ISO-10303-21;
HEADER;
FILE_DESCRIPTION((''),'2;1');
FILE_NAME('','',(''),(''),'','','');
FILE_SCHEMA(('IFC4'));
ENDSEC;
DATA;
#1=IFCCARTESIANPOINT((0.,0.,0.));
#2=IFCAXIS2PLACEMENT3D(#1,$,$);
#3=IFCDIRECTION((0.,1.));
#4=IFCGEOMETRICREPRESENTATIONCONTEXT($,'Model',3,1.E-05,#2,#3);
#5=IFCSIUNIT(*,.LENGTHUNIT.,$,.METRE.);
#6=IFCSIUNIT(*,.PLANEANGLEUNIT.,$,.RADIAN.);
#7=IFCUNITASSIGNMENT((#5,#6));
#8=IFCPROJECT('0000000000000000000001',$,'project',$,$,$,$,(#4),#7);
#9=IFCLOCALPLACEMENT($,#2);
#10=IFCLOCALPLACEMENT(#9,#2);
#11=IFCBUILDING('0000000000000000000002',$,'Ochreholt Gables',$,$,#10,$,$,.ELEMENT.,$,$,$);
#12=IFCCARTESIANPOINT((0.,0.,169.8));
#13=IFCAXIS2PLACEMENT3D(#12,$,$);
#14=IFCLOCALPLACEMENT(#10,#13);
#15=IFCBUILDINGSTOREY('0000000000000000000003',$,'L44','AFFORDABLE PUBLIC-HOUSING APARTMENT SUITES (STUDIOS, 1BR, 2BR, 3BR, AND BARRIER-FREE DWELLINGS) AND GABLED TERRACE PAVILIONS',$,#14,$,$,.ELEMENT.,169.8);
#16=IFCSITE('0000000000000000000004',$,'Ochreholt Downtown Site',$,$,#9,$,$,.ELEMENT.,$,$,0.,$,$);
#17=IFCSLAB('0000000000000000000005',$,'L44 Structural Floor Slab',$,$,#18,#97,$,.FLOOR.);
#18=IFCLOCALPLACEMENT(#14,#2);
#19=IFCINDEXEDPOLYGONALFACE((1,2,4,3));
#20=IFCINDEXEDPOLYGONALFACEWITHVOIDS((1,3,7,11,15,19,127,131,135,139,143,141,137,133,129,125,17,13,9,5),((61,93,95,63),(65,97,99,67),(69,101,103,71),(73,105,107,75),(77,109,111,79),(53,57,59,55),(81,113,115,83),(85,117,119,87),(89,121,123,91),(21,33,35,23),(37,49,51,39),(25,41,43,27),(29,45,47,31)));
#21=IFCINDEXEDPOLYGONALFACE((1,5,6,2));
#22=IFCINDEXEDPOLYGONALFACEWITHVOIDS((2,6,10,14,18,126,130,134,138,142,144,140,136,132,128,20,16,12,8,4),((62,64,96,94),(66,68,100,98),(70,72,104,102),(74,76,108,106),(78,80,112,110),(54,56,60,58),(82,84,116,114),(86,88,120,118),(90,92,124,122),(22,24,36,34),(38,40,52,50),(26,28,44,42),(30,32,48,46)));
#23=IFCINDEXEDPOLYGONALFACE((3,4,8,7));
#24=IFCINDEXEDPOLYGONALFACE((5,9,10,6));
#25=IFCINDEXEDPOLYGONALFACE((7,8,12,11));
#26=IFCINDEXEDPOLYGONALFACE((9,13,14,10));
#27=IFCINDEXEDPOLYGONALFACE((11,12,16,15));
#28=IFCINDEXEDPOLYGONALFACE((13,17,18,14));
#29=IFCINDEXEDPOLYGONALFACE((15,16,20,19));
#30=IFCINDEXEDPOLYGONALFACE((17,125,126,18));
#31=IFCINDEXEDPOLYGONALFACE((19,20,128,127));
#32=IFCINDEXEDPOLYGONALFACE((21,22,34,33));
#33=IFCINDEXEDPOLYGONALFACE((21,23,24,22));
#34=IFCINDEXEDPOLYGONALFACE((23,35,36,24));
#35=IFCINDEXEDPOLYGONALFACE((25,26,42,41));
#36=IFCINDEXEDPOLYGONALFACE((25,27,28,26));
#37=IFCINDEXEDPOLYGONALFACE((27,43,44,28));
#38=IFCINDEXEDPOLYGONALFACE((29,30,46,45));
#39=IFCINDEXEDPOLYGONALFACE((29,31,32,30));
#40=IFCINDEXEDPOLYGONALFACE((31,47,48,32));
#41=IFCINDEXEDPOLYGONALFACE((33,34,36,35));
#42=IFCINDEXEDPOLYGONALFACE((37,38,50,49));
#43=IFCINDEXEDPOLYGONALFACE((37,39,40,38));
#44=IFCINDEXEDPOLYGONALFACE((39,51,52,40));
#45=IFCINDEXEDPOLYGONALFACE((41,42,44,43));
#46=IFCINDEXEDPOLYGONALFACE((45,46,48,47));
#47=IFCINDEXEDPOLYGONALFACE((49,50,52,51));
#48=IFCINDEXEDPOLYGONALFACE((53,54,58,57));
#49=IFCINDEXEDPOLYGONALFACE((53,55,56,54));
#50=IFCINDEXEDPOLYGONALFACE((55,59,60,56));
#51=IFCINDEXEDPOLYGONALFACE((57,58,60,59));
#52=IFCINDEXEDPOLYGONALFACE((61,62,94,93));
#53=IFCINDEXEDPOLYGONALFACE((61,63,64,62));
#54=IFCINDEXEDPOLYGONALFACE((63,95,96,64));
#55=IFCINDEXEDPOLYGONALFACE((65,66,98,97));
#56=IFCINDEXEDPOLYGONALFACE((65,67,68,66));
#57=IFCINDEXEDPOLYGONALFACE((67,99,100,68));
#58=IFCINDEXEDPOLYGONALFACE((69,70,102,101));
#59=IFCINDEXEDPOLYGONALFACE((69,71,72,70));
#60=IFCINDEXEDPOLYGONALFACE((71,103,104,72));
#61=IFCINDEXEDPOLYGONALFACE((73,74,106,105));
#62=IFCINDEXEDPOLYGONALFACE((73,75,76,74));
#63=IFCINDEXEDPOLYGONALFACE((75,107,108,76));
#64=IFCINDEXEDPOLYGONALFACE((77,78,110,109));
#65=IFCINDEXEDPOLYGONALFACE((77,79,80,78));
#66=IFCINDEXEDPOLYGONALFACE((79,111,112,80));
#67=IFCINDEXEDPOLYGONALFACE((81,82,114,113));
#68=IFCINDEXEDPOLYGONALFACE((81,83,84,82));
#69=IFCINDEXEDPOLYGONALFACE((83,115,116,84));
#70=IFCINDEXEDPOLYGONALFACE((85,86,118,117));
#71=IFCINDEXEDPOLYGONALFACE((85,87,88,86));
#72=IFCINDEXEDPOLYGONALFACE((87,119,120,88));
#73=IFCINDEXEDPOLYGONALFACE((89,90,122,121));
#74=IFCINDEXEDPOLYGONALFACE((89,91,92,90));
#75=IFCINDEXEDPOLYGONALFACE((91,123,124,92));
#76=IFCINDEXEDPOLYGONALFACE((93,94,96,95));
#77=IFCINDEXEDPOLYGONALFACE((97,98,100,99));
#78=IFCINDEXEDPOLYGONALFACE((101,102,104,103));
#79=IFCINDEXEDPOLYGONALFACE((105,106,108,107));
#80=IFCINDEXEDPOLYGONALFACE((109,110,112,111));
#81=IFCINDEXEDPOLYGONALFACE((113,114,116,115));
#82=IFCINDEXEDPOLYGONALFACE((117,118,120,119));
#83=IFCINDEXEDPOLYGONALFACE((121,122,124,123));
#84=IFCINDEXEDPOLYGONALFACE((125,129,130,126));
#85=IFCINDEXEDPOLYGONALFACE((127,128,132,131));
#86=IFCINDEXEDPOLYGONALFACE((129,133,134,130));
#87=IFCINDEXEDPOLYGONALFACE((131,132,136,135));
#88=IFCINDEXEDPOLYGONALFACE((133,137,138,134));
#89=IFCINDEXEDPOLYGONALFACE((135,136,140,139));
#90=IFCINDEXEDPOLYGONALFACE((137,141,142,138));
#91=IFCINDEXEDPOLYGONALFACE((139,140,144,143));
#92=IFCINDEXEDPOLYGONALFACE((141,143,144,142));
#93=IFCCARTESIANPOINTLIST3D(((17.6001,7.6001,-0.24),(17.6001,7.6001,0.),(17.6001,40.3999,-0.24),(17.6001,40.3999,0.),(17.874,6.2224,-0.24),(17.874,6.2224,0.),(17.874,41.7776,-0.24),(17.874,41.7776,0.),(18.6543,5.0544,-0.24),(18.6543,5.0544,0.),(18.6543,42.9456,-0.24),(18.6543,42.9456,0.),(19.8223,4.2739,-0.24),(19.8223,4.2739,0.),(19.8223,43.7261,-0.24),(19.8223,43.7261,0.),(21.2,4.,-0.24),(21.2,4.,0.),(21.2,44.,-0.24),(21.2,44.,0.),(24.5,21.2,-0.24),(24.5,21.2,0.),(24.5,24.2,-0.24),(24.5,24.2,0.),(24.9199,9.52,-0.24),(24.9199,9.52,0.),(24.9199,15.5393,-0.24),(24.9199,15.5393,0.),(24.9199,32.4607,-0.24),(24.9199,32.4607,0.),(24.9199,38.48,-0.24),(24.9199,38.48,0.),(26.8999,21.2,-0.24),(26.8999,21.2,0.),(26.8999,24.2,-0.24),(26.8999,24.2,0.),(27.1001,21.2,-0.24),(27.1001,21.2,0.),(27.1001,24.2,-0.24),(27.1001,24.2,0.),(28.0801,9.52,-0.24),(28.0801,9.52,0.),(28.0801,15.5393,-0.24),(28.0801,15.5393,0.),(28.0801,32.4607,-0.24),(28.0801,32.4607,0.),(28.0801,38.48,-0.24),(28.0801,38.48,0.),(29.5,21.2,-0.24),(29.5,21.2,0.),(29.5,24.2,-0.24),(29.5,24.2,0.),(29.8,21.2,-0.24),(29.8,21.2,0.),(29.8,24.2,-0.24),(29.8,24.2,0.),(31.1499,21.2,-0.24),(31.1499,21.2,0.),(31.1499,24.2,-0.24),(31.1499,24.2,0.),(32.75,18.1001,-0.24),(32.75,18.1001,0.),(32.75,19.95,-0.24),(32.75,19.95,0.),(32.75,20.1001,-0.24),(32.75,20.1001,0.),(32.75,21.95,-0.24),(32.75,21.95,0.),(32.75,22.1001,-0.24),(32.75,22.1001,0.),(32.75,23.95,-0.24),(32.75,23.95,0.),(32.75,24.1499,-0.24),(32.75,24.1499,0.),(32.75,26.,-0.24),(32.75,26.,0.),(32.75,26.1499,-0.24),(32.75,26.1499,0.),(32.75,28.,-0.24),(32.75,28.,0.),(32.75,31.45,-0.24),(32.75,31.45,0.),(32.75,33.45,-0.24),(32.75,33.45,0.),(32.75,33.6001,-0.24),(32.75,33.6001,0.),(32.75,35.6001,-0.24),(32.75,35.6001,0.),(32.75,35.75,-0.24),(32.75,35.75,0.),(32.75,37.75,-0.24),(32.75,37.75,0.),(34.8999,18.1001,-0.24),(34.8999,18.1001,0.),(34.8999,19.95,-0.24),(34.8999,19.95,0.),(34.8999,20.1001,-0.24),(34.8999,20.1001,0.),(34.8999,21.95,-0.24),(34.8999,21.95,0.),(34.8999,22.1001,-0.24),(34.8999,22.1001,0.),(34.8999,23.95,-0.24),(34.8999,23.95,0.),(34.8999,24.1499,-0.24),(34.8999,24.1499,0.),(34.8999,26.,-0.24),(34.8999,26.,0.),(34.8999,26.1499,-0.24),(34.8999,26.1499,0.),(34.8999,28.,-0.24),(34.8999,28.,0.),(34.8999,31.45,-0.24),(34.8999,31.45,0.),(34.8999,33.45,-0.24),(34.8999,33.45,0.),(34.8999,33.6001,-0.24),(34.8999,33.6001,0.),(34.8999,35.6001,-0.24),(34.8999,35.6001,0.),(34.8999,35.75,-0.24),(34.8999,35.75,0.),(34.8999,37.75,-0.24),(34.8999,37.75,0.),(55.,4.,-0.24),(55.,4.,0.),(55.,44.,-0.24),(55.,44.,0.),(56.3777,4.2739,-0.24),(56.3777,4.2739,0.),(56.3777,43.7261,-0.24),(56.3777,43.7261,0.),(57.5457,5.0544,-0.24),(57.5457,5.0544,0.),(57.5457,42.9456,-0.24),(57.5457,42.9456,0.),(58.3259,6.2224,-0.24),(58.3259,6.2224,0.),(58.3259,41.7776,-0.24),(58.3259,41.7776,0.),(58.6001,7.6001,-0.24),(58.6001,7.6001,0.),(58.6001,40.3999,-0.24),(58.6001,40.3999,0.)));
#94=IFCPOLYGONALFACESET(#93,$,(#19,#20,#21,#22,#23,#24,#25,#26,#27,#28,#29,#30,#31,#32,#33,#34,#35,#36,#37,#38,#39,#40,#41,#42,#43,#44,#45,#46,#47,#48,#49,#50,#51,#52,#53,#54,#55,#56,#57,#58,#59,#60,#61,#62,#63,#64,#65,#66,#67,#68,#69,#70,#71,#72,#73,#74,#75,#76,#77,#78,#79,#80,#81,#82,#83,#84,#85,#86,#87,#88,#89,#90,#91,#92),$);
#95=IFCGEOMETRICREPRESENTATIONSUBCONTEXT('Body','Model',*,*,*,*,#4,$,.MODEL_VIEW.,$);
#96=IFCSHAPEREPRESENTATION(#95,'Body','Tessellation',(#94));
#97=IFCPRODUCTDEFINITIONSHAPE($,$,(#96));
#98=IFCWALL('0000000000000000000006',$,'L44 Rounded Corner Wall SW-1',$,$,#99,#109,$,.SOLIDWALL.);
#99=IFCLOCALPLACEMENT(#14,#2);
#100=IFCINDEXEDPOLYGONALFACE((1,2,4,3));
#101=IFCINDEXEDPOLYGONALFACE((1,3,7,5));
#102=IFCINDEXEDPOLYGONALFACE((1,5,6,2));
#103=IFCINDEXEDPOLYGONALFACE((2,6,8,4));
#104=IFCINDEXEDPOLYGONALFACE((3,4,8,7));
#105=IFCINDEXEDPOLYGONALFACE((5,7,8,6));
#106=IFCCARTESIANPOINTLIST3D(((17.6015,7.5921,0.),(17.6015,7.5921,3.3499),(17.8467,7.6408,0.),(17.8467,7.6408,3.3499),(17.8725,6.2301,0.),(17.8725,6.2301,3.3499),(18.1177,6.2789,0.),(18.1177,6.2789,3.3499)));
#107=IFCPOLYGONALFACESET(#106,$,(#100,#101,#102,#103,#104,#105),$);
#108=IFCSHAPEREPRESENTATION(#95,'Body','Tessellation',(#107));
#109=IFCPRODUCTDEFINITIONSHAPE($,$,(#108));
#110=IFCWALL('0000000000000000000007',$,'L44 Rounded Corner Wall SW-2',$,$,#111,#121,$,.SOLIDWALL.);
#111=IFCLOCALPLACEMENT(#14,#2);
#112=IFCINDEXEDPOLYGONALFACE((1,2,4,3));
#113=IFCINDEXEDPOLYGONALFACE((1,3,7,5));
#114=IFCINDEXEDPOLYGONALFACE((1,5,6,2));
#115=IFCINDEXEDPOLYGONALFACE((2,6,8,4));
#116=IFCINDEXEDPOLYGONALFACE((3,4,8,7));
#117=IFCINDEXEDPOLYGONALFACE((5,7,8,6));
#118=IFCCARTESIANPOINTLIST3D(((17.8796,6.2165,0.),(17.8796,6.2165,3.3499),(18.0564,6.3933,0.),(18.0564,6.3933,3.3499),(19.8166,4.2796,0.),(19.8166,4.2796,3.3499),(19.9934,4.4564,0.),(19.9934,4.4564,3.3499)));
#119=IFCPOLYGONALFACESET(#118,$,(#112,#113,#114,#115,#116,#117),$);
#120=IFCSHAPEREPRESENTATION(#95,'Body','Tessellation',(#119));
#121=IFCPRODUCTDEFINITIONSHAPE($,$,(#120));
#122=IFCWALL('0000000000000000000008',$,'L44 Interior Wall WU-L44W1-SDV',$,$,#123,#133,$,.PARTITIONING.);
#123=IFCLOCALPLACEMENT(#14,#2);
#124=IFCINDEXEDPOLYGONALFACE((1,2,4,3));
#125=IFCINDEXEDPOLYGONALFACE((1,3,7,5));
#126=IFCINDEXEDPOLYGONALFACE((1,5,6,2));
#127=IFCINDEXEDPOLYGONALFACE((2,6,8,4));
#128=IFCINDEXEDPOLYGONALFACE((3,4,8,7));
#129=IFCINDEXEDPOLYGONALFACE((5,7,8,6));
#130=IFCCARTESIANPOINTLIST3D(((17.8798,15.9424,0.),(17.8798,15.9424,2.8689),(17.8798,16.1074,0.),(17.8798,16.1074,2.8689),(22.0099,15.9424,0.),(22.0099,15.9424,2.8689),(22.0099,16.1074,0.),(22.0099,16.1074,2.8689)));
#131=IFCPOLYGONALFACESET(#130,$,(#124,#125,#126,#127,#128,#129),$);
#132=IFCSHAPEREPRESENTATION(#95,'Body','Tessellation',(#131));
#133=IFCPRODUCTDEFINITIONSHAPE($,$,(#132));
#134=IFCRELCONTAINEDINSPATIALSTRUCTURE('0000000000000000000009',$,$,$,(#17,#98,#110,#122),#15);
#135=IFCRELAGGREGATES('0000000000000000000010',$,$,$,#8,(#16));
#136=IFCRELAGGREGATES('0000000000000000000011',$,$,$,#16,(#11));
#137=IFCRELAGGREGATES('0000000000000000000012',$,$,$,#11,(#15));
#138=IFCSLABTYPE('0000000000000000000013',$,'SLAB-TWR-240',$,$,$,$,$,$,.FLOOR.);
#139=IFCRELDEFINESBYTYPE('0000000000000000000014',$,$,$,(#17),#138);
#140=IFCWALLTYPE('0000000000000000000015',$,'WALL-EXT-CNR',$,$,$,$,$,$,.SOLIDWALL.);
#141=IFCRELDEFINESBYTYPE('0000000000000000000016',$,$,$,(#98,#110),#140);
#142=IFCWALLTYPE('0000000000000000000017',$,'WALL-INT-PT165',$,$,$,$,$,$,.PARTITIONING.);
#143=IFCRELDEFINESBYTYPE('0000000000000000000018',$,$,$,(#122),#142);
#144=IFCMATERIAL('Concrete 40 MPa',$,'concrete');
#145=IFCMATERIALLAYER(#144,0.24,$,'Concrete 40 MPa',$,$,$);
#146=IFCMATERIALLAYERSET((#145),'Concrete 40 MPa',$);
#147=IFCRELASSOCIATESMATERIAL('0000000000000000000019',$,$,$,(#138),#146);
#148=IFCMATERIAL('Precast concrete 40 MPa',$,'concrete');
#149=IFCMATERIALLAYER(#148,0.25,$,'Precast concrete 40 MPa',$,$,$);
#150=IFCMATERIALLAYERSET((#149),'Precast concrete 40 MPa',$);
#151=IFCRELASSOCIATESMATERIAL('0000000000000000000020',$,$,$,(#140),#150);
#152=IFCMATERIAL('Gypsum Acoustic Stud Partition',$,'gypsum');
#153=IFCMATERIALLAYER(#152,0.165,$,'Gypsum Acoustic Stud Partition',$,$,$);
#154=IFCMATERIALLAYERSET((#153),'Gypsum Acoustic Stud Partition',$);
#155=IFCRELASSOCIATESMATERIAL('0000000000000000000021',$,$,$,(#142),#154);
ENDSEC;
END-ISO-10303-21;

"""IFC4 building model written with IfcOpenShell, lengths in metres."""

from ifc_helpers import new_model, si_unit, direction, frame, frame_2d, origin, place, context, subcontext, project, spatial, polyline, rectangle, outline, extrude, material, layer, layer_set, type_object, element, save


model = new_model("IFC4")

# Units and contexts
model_context = context("Model", 3, precision=1e-05, world=origin(), true_north=direction((0.0, 1.0)))
body_context = subcontext(model_context, "Body", "Model", "MODEL_VIEW")
ifc_project = project(units=[si_unit("LENGTHUNIT", "METRE"), si_unit("PLANEANGLEUNIT", "RADIAN")], contexts=[model_context])

# Site, building, storey
site_placement = place(None, origin())
site = spatial("IfcSite", under=ifc_project, at=site_placement, Name="Ochreholt Downtown Site", CompositionType="ELEMENT", RefElevation=0.0)
building_placement = place(site_placement, origin())
building = spatial("IfcBuilding", under=site, at=building_placement, Name="Ochreholt Gables", CompositionType="ELEMENT")
storey_placement = place(building_placement, frame((0.0, 0.0, 169.8)))
storey = spatial("IfcBuildingStorey", under=building, at=storey_placement, Name="L44", Description="AFFORDABLE PUBLIC-HOUSING APARTMENT SUITES (STUDIOS, 1BR, 2BR, 3BR, AND BARRIER-FREE DWELLINGS) AND GABLED TERRACE PAVILIONS", CompositionType="ELEMENT", Elevation=169.8)

# Shared definitions
ifc_material_1 = material(Name="Concrete 40 MPa", Category="concrete")

# Slab
ifc_layer_1 = layer(ifc_material_1, 0.24, Name="Concrete 40 MPa")
ifc_layer_set_1 = layer_set([ifc_layer_1], Name="Concrete 40 MPa")
slab_type_1 = type_object("IfcSlabType", Name="SLAB-TWR-240", PredefinedType="FLOOR", material=ifc_layer_set_1)
slab_1_placement = place(storey_placement, frame((0.0, 0.0, -0.24)))
element("IfcSlab", 1, at=slab_1_placement, inside=storey, type_object=slab_type_1, Name="L44 Structural Floor Slab", PredefinedType="FLOOR", context=body_context, shape_type="SweptSolid", body=[
    extrude(outline(polyline([(17.6001, 7.6001), (17.874, 6.2224), (18.6543, 5.0544), (19.8223, 4.2739), (21.2, 4.0), (55.0, 4.0), (56.3777, 4.2739), (57.5457, 5.0544), (58.3259, 6.2224), (58.6001, 7.6001), (58.6001, 40.3999), (58.3259, 41.7776), (57.5457, 42.9456), (56.3777, 43.7261), (55.0, 44.0), (21.2, 44.0), (19.8223, 43.7261), (18.6543, 42.9456), (17.874, 41.7776), (17.6001, 40.3999), (17.6001, 7.6001)]), holes=[polyline([(24.9199, 15.5393), (24.9199, 9.52), (28.0801, 9.52), (28.0801, 15.5393), (24.9199, 15.5393)]), polyline([(28.0801, 32.4607), (28.0801, 38.48), (24.9199, 38.48), (24.9199, 32.4607), (28.0801, 32.4607)]), polyline([(24.5, 21.2), (26.8999, 21.2), (26.8999, 24.2), (24.5, 24.2), (24.5, 21.2)]), polyline([(27.1001, 21.2), (29.5, 21.2), (29.5, 24.2), (27.1001, 24.2), (27.1001, 21.2)]), polyline([(32.75, 18.1001), (34.8999, 18.1001), (34.8999, 19.95), (32.75, 19.95), (32.75, 18.1001)]), polyline([(32.75, 20.1001), (34.8999, 20.1001), (34.8999, 21.95), (32.75, 21.95), (32.75, 20.1001)]), polyline([(32.75, 22.1001), (34.8999, 22.1001), (34.8999, 23.95), (32.75, 23.95), (32.75, 22.1001)]), polyline([(32.75, 24.1499), (34.8999, 24.1499), (34.8999, 26.0), (32.75, 26.0), (32.75, 24.1499)]), polyline([(32.75, 26.1499), (34.8999, 26.1499), (34.8999, 28.0), (32.75, 28.0), (32.75, 26.1499)]), polyline([(32.75, 31.45), (34.8999, 31.45), (34.8999, 33.45), (32.75, 33.45), (32.75, 31.45)]), polyline([(32.75, 33.6001), (34.8999, 33.6001), (34.8999, 35.6001), (32.75, 35.6001), (32.75, 33.6001)]), polyline([(32.75, 35.75), (34.8999, 35.75), (34.8999, 37.75), (32.75, 37.75), (32.75, 35.75)]), polyline([(29.8, 21.2), (31.1499, 21.2), (31.1499, 24.2), (29.8, 24.2), (29.8, 21.2)])]), origin(), (0.0, 0.0, 1.0), 0.24),
])

# Walls
ifc_material_2 = material(Name="Precast concrete 40 MPa", Category="concrete")
ifc_layer_2 = layer(ifc_material_2, 0.25, Name="Precast concrete 40 MPa")
ifc_layer_set_2 = layer_set([ifc_layer_2], Name="Precast concrete 40 MPa")
wall_type_1 = type_object("IfcWallType", Name="WALL-EXT-CNR", PredefinedType="SOLIDWALL", material=ifc_layer_set_2)
wall_1_placement = place(storey_placement, frame((17.7241, 7.6165, 0.0), z_axis=(0.0, 0.0, 1.0), x_axis=(0.195136, -0.980776, 0.0)))
element("IfcWall", 2, at=wall_1_placement, inside=storey, type_object=wall_type_1, Name="L44 Rounded Corner Wall SW-1", PredefinedType="SOLIDWALL", context=body_context, shape_type="SweptSolid", body=[
    extrude(rectangle(XDim=1.3887, YDim=0.25, at=frame_2d((0.6943, 0.0))), origin(), (0.0, 0.0, 1.0), 3.3499),
])
wall_2_placement = place(storey_placement, frame((17.968, 6.3049, 0.0), z_axis=(0.0, 0.0, 1.0), x_axis=(0.707107, -0.707107, 0.0)))
element("IfcWall", 3, at=wall_2_placement, inside=storey, type_object=wall_type_1, Name="L44 Rounded Corner Wall SW-2", PredefinedType="SOLIDWALL", context=body_context, shape_type="SweptSolid", body=[
    extrude(rectangle(XDim=2.7393, YDim=0.25, at=frame_2d((1.3696, 0.0))), origin(), (0.0, 0.0, 1.0), 3.3499),
])
ifc_material_3 = material(Name="Gypsum Acoustic Stud Partition", Category="gypsum")
ifc_layer_3 = layer(ifc_material_3, 0.165, Name="Gypsum Acoustic Stud Partition")
ifc_layer_set_3 = layer_set([ifc_layer_3], Name="Gypsum Acoustic Stud Partition")
wall_type_2 = type_object("IfcWallType", Name="WALL-INT-PT165", PredefinedType="PARTITIONING", material=ifc_layer_set_3)
wall_3_placement = place(storey_placement, frame((17.8799, 16.0249, 0.0), z_axis=(0.0, 0.0, 1.0), x_axis=(1.0, 0.0, 0.0)))
element("IfcWall", 4, at=wall_3_placement, inside=storey, type_object=wall_type_2, Name="L44 Interior Wall WU-L44W1-SDV", PredefinedType="PARTITIONING", context=body_context, shape_type="SweptSolid", body=[
    extrude(rectangle(XDim=4.1301, YDim=0.165, at=frame_2d((2.0649, 0.0))), origin(), (0.0, 0.0, 1.0), 2.8689),
])

save(model, "model.ifc")
